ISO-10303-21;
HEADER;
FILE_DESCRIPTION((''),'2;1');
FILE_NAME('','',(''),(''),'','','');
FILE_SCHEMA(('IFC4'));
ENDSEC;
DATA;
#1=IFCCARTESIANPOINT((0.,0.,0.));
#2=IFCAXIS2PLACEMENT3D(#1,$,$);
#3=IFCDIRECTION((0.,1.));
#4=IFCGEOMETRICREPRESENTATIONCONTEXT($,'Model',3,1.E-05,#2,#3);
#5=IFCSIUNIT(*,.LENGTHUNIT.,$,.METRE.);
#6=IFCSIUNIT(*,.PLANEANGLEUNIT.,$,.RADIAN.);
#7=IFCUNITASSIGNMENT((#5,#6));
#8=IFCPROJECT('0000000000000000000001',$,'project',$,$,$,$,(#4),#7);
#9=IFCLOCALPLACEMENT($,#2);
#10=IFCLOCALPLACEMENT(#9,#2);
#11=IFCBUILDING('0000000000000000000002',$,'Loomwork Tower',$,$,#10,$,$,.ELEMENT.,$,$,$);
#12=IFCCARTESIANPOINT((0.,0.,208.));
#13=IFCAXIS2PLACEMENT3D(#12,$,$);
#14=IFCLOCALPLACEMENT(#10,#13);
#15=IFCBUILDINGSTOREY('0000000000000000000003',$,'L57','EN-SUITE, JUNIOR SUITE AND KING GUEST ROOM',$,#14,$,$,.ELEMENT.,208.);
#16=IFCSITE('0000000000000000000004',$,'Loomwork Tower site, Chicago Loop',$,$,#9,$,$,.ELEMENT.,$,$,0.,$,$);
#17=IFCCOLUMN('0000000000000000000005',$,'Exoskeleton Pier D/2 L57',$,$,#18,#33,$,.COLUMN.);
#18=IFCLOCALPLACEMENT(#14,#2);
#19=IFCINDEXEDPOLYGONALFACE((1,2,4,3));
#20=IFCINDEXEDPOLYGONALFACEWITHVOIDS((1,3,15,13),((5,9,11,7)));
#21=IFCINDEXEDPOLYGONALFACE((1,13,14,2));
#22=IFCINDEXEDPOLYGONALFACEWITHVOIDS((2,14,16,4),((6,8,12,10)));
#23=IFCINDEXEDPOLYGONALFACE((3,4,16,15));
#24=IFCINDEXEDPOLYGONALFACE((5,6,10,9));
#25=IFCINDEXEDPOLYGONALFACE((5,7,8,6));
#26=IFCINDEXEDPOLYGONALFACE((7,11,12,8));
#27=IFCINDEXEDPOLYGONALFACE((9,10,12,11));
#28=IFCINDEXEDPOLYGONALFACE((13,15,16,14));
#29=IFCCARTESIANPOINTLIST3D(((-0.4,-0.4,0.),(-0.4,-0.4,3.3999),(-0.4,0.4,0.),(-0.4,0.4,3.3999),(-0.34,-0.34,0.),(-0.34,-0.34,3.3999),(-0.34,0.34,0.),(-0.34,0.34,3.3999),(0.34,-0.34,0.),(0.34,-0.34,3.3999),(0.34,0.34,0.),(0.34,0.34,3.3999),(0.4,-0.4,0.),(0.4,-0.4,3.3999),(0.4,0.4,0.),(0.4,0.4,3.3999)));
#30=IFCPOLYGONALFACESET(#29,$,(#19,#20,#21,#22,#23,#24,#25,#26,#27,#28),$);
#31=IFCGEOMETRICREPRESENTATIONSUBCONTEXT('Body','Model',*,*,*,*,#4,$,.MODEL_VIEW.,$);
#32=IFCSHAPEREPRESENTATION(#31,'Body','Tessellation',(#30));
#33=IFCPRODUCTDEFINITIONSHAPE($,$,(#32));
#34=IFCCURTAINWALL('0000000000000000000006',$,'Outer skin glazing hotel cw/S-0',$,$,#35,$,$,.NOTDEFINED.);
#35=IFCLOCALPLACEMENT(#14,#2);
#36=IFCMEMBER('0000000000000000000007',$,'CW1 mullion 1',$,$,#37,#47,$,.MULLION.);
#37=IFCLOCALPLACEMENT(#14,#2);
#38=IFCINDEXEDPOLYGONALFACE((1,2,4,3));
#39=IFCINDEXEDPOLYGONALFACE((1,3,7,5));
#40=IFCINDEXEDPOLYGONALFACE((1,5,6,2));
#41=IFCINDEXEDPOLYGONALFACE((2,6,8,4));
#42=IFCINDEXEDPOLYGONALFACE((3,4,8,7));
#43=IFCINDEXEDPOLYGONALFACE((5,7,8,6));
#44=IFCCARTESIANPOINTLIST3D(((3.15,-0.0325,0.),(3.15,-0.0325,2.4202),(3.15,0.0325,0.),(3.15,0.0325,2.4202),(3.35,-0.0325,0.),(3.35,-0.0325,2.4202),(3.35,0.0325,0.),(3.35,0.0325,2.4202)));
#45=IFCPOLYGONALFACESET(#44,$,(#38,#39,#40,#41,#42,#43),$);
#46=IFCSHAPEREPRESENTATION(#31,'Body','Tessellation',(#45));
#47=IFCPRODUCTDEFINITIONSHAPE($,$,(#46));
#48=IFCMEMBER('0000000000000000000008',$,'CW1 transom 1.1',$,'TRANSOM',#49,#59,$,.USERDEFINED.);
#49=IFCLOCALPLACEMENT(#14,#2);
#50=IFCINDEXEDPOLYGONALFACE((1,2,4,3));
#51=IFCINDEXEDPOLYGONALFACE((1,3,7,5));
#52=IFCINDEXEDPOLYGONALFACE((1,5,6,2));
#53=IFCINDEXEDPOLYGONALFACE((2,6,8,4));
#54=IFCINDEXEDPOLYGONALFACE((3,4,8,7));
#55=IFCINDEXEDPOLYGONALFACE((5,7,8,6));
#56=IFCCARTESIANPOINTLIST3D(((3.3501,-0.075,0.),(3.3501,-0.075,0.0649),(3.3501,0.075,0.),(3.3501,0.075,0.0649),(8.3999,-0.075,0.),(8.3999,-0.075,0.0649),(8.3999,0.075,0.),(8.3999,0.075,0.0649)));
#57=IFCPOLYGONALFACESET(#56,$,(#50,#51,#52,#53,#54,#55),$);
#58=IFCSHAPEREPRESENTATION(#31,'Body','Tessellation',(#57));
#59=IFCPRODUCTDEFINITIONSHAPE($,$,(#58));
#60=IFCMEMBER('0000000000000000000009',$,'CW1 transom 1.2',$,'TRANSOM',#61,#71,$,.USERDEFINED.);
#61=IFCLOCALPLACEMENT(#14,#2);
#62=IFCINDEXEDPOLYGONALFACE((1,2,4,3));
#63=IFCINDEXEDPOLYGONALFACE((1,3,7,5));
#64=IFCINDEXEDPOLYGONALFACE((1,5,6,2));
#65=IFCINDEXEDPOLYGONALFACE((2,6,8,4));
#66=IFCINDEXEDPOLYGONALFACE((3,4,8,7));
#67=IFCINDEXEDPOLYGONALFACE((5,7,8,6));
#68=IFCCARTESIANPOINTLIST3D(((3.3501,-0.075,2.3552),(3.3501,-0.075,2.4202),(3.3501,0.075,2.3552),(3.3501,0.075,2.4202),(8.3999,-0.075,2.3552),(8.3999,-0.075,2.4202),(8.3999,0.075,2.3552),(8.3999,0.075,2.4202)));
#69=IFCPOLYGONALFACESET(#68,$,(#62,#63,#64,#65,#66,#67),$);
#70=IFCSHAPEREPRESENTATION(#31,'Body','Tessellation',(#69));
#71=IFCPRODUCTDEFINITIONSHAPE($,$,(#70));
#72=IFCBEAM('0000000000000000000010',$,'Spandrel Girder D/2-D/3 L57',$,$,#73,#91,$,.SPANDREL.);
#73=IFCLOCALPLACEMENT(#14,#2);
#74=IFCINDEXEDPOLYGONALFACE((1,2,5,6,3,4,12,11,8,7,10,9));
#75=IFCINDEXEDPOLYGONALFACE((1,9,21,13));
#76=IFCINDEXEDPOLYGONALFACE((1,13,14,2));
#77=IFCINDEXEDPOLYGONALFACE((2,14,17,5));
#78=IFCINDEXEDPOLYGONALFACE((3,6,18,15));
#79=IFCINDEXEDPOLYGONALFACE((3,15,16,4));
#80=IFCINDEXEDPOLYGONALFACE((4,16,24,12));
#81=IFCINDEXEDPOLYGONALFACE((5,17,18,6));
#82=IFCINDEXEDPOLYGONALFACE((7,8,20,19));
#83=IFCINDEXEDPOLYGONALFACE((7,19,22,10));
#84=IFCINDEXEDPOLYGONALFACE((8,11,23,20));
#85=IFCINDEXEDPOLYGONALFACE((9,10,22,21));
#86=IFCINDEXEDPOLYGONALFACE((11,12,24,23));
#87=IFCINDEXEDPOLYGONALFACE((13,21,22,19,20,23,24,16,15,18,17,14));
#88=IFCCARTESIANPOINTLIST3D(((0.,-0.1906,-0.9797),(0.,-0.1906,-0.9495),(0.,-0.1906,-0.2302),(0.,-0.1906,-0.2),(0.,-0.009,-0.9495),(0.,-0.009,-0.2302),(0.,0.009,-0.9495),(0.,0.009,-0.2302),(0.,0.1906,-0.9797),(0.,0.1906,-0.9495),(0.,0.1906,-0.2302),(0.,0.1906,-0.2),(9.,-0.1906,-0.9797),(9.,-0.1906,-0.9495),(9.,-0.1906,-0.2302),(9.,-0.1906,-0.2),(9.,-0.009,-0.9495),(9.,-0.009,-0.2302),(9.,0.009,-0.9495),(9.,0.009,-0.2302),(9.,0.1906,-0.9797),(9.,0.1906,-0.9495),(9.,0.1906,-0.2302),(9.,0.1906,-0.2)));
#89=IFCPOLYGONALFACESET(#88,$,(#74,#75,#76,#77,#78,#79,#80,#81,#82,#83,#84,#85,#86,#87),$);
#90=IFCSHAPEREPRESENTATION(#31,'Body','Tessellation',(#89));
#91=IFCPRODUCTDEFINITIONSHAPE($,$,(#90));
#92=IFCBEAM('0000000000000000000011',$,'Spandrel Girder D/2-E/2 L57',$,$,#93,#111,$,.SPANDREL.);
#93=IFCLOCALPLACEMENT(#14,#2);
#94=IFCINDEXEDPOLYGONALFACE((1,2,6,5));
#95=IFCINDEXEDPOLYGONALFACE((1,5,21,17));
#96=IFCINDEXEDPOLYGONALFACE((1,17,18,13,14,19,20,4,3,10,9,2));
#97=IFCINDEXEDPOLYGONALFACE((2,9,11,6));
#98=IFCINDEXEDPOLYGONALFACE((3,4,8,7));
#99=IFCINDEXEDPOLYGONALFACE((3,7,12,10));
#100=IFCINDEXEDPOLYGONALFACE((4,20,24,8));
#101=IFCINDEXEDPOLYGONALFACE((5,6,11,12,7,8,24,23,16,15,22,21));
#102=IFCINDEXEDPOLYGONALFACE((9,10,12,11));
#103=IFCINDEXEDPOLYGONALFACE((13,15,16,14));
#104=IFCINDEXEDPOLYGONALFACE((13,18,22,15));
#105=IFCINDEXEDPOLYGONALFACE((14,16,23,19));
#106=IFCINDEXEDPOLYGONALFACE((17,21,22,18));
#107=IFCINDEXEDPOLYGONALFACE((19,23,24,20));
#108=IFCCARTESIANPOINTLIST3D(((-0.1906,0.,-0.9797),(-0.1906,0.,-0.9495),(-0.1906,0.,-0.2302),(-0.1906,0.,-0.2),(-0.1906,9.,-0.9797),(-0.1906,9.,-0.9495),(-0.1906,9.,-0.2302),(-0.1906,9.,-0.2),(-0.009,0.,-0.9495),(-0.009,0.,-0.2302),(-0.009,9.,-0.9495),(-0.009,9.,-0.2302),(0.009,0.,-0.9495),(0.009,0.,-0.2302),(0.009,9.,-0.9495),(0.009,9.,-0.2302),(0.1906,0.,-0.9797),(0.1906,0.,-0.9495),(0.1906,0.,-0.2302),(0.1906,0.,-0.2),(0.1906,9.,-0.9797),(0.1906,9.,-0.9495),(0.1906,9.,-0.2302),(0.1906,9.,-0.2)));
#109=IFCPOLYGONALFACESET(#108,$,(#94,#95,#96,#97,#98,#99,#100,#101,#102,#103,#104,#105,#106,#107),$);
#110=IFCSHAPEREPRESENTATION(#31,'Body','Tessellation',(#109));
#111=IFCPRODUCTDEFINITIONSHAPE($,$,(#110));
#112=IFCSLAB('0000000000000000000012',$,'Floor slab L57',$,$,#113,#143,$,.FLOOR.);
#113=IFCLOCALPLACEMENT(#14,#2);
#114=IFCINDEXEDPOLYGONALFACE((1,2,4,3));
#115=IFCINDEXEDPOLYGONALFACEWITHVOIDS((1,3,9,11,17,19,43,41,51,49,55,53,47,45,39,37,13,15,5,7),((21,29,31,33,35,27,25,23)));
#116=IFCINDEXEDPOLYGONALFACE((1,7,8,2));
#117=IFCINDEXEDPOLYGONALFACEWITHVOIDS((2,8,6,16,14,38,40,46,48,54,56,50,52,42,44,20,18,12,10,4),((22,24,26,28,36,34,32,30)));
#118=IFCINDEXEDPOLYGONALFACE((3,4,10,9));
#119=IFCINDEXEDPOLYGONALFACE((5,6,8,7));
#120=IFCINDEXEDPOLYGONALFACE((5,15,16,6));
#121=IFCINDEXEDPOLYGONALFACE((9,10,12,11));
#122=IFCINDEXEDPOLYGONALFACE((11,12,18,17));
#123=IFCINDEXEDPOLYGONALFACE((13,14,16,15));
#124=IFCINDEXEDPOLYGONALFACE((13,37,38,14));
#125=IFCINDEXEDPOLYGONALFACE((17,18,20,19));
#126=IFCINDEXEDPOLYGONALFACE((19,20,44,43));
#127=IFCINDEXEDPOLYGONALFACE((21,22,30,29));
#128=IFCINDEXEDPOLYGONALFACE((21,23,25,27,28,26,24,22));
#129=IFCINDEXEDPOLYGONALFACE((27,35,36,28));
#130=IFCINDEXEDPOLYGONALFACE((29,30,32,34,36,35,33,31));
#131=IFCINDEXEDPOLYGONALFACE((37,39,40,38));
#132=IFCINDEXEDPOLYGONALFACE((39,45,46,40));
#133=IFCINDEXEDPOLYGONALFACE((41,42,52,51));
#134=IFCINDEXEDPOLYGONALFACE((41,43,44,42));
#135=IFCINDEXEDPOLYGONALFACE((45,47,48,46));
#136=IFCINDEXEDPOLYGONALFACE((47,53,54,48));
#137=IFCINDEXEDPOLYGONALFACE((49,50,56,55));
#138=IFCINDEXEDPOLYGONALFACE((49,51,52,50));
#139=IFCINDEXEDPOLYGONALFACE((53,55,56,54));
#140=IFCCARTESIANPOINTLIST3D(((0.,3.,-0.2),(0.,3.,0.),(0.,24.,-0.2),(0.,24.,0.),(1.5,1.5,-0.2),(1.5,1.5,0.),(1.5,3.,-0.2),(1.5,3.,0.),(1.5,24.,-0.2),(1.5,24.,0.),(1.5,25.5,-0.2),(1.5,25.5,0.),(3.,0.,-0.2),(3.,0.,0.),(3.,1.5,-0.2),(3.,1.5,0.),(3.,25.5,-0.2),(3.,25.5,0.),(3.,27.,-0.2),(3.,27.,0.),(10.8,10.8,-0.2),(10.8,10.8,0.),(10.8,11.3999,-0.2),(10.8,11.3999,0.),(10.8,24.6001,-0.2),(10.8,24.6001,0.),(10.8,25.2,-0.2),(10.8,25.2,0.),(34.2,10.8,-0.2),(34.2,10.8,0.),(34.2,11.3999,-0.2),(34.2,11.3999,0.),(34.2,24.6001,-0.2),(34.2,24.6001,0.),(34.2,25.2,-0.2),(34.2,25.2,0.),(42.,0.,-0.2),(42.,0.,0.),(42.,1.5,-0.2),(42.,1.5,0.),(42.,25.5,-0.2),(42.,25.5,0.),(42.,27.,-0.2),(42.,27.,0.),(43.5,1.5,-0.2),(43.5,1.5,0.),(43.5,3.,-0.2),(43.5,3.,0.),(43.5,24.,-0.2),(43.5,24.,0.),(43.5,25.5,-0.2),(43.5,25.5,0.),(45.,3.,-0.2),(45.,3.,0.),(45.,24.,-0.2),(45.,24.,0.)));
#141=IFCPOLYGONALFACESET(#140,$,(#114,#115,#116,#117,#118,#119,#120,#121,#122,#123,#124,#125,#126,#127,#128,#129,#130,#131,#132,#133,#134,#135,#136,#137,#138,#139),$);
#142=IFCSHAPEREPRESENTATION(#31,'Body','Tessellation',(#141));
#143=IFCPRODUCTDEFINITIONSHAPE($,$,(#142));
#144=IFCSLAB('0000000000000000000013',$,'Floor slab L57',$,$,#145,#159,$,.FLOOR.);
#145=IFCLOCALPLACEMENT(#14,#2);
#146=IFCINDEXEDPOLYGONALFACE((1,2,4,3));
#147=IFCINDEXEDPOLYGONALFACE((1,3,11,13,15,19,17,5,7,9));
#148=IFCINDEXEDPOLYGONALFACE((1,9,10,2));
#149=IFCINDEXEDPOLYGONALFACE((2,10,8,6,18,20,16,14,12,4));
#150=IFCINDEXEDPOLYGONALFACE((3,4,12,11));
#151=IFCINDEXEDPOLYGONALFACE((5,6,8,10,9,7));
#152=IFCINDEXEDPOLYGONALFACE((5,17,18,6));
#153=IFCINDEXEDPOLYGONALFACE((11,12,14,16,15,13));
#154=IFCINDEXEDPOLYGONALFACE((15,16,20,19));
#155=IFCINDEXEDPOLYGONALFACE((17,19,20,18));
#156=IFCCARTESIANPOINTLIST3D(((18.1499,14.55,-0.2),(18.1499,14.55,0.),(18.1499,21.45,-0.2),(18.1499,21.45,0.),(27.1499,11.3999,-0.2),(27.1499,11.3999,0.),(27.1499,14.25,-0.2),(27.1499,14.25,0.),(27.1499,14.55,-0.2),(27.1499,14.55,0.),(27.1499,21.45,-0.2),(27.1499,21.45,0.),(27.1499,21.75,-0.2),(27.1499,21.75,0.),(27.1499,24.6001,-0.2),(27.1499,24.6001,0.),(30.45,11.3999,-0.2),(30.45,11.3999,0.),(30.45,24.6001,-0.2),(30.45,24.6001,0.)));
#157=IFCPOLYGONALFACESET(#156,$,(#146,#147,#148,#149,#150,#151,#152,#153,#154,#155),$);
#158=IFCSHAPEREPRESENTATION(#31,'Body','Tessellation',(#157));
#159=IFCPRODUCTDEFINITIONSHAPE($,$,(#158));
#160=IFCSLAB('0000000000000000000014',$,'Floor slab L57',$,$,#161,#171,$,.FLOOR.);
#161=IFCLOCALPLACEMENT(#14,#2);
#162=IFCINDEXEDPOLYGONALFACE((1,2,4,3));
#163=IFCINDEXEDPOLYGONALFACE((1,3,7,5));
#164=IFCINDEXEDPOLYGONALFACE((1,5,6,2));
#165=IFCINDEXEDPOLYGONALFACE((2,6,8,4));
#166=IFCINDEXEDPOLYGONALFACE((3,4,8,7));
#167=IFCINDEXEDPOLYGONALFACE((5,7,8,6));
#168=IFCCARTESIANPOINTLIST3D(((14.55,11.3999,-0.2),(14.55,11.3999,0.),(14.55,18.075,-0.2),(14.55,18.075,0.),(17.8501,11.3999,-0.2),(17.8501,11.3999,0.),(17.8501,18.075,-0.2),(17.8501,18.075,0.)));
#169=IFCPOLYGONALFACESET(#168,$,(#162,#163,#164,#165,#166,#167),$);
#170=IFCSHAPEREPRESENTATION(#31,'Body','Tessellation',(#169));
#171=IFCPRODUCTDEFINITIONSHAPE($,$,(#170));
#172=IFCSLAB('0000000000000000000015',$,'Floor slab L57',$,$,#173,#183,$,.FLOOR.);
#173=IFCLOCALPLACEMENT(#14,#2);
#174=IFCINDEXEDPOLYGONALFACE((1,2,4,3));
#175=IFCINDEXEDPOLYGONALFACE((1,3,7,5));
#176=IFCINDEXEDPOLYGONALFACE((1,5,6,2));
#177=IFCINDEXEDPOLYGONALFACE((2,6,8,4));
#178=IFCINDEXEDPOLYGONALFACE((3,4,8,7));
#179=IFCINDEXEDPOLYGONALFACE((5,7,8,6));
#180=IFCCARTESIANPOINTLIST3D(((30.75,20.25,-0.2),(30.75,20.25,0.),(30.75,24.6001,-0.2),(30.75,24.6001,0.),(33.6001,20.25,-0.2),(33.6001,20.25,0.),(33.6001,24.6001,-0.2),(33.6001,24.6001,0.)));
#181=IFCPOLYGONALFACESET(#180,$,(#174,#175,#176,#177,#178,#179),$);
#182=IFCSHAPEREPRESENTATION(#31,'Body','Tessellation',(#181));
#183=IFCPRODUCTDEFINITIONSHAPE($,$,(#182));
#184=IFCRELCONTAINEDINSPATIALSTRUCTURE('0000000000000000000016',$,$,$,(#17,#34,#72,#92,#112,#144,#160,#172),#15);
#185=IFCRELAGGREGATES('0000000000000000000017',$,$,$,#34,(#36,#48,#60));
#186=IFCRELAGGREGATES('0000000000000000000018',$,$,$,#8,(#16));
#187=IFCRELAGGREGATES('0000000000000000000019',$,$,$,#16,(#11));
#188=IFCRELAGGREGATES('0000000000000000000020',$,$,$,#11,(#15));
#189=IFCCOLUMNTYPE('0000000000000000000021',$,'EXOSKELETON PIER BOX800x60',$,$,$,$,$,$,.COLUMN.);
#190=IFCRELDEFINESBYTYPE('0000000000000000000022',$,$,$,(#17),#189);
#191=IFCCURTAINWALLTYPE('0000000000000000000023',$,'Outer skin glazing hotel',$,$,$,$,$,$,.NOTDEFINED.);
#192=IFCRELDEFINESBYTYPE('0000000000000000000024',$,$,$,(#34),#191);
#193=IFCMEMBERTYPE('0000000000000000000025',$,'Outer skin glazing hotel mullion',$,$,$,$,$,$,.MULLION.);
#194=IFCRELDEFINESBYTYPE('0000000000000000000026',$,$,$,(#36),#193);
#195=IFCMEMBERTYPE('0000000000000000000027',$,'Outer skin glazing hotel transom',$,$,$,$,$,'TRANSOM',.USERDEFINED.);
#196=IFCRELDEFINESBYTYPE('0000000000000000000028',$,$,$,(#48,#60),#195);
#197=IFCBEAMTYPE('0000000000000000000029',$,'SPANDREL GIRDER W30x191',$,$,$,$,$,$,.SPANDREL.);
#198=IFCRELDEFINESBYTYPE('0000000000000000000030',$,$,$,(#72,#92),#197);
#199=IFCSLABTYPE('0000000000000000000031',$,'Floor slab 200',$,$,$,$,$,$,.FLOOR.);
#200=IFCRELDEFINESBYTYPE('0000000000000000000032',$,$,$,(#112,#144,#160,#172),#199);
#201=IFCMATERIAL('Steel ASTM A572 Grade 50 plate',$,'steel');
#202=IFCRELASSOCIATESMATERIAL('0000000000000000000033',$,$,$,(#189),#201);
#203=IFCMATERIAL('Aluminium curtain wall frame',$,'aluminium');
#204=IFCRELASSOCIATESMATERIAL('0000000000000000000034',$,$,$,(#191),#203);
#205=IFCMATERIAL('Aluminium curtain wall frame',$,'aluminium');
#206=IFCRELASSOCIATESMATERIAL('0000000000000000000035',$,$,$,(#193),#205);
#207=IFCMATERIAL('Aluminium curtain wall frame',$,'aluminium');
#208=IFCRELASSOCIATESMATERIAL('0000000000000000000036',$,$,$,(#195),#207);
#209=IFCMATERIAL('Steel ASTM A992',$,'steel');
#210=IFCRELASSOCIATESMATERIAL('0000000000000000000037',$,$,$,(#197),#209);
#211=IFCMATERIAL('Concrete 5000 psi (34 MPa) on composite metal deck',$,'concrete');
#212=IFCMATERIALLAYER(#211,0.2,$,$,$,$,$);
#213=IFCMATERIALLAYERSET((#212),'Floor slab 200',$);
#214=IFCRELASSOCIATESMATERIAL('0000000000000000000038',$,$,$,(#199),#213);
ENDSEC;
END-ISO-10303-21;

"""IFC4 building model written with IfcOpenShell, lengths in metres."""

from ifc_helpers import new_model, si_unit, direction, frame, origin, origin_with_axes, origin_2d, place, context, subcontext, project, spatial, polyline, rectangle, hollow_rectangle, i_section, outline, extrude, material, layer, layer_set, material_profile, profile_set, type_object, element, aggregate, save


model = new_model("IFC4")

# Units and contexts
model_context = context("Model", 3, precision=1e-05, world=origin(), true_north=direction((0.0, 1.0)))
body_context = subcontext(model_context, "Body", "Model", "MODEL_VIEW")
ifc_project = project(units=[si_unit("LENGTHUNIT", "METRE"), si_unit("PLANEANGLEUNIT", "RADIAN")], contexts=[model_context])

# Site, building, storey
site_placement = place(None, origin())
site = spatial("IfcSite", under=ifc_project, at=site_placement, Name="Loomwork Tower site, Chicago Loop", CompositionType="ELEMENT", RefElevation=0.0)
building_placement = place(site_placement, origin())
building = spatial("IfcBuilding", under=site, at=building_placement, Name="Loomwork Tower", CompositionType="ELEMENT")
storey_placement = place(building_placement, frame((0.0, 0.0, 208.0)))
storey = spatial("IfcBuildingStorey", under=building, at=storey_placement, Name="L57", Description="EN-SUITE, JUNIOR SUITE AND KING GUEST ROOM", CompositionType="ELEMENT", Elevation=208.0)

# Column
ifc_material_1 = material(Name="Steel ASTM A572 Grade 50 plate", Category="steel")
ifc_material_profile_1 = material_profile(ifc_material_1, hollow_rectangle(XDim=0.8, YDim=0.8, WallThickness=0.0601, at=origin_2d()), Name="BOX800x60")
ifc_profile_set_1 = profile_set([ifc_material_profile_1], Name="Steel ASTM A572 Grade 50 plate")
column_type = type_object("IfcColumnType", Name="EXOSKELETON PIER BOX800x60", PredefinedType="COLUMN", material=ifc_profile_set_1)
column_placement = place(storey_placement, origin_with_axes())
element("IfcColumn", 1, at=column_placement, inside=storey, type_object=column_type, Name="Exoskeleton Pier D/2 L57", PredefinedType="COLUMN", context=body_context, shape_type="SweptSolid", body=[
    extrude(hollow_rectangle(XDim=0.8, YDim=0.8, WallThickness=0.0601, at=origin_2d()), origin(), (0.0, 0.0, 1.0), 3.3999),
])

# Curtain wall, members
ifc_material_2 = material(Name="Aluminium curtain wall frame", Category="aluminium")
curtain_wall_type = type_object("IfcCurtainWallType", Name="Outer skin glazing hotel", PredefinedType="NOTDEFINED", material=ifc_material_2)
curtain_wall_placement = place(storey_placement, origin())
curtain_wall = element("IfcCurtainWall", 2, at=curtain_wall_placement, inside=storey, type_object=curtain_wall_type, Name="Outer skin glazing hotel cw/S-0", PredefinedType="NOTDEFINED")
ifc_material_3 = material(Name="Aluminium curtain wall frame", Category="aluminium")
ifc_material_profile_2 = material_profile(ifc_material_3, rectangle(XDim=0.0649, YDim=0.2, at=origin_2d()), Name="AL 65x200")
ifc_profile_set_2 = profile_set([ifc_material_profile_2], Name="Aluminium curtain wall frame")
member_type_1 = type_object("IfcMemberType", Name="Outer skin glazing hotel mullion", PredefinedType="MULLION", material=ifc_profile_set_2)
member_1_placement = place(storey_placement, frame((3.25, 0.0, 0.0), z_axis=(0.0, 0.0, 1.0), x_axis=(0.0, 1.0, 0.0)))
member_1 = element("IfcMember", 3, at=member_1_placement, type_object=member_type_1, Name="CW1 mullion 1", PredefinedType="MULLION", context=body_context, shape_type="SweptSolid", body=[
    extrude(rectangle(XDim=0.0649, YDim=0.2, at=origin_2d()), origin(), (0.0, 0.0, 1.0), 2.4202),
])
ifc_material_4 = material(Name="Aluminium curtain wall frame", Category="aluminium")
ifc_material_profile_3 = material_profile(ifc_material_4, rectangle(XDim=0.1499, YDim=0.0649, at=origin_2d()), Name="AL 65x150")
ifc_profile_set_3 = profile_set([ifc_material_profile_3], Name="Aluminium curtain wall frame")
member_type_2 = type_object("IfcMemberType", Name="Outer skin glazing hotel transom", ElementType="TRANSOM", PredefinedType="USERDEFINED", material=ifc_profile_set_3)
member_2_placement = place(storey_placement, frame((3.3501, 0.0, 0.0325), z_axis=(1.0, 0.0, 0.0), x_axis=(0.0, 1.0, 0.0)))
member_2 = element("IfcMember", 4, at=member_2_placement, type_object=member_type_2, Name="CW1 transom 1.1", ObjectType="TRANSOM", PredefinedType="USERDEFINED", context=body_context, shape_type="SweptSolid", body=[
    extrude(rectangle(XDim=0.1499, YDim=0.0649, at=origin_2d()), origin(), (0.0, 0.0, 1.0), 5.0498),
])
member_3_placement = place(storey_placement, frame((3.3501, 0.0, 2.3877), z_axis=(1.0, 0.0, 0.0), x_axis=(0.0, 1.0, 0.0)))
member_3 = element("IfcMember", 5, at=member_3_placement, type_object=member_type_2, Name="CW1 transom 1.2", ObjectType="TRANSOM", PredefinedType="USERDEFINED", context=body_context, shape_type="SweptSolid", body=[
    extrude(rectangle(XDim=0.1499, YDim=0.0649, at=origin_2d()), origin(), (0.0, 0.0, 1.0), 5.0498),
])
aggregate(curtain_wall, [member_1, member_2, member_3])

# Beams
ifc_material_5 = material(Name="Steel ASTM A992", Category="steel")
ifc_material_profile_4 = material_profile(ifc_material_5, i_section(OverallWidth=0.3811, OverallDepth=0.7798, WebThickness=0.0181, FlangeThickness=0.0303, at=origin_2d()), Name="W30x191")
ifc_profile_set_4 = profile_set([ifc_material_profile_4], Name="Steel ASTM A992")
beam_type = type_object("IfcBeamType", Name="SPANDREL GIRDER W30x191", PredefinedType="SPANDREL", material=ifc_profile_set_4)
for number, where, z_axis, x_axis, name in (
    (6, (0.0, 0.0, -0.5898), (1.0, 0.0, 0.0), (0.0, 1.0, 0.0), "Spandrel Girder D/2-D/3 L57"),
    (7, (0.0, 0.0, -0.5898), (0.0, 1.0, 0.0), (-1.0, 0.0, 0.0), "Spandrel Girder D/2-E/2 L57"),
):
    element("IfcBeam", number, at=place(storey_placement, frame(where, z_axis=z_axis, x_axis=x_axis)), inside=storey, type_object=beam_type, Name=name, PredefinedType="SPANDREL", context=body_context, shape_type="SweptSolid", body=[
        extrude(i_section(OverallWidth=0.3811, OverallDepth=0.7798, WebThickness=0.0181, FlangeThickness=0.0303, at=origin_2d()), origin(), (0.0, 0.0, 1.0), 9.0),
    ])

# Slabs
ifc_material_6 = material(Name="Concrete 5000 psi (34 MPa) on composite metal deck", Category="concrete")
ifc_layer_1 = layer(ifc_material_6, 0.2)
ifc_layer_set_1 = layer_set([ifc_layer_1], Name="Floor slab 200")
slab_type_1 = type_object("IfcSlabType", Name="Floor slab 200", PredefinedType="FLOOR", material=ifc_layer_set_1)
slab_1_placement = place(storey_placement, frame((0.0, 0.0, -0.2)))
element("IfcSlab", 8, at=slab_1_placement, inside=storey, type_object=slab_type_1, Name="Floor slab L57", PredefinedType="FLOOR", context=body_context, shape_type="SweptSolid", body=[
    extrude(outline(polyline([(3.0, 1.5), (1.5, 1.5), (1.5, 3.0), (0.0, 3.0), (0.0, 24.0), (1.5, 24.0), (1.5, 25.5), (3.0, 25.5), (3.0, 27.0), (42.0, 27.0), (42.0, 25.5), (43.5, 25.5), (43.5, 24.0), (45.0, 24.0), (45.0, 3.0), (43.5, 3.0), (43.5, 1.5), (42.0, 1.5), (42.0, 0.0), (3.0, 0.0), (3.0, 1.5)]), holes=[polyline([(10.8, 11.3999), (10.8, 11.3999), (10.8, 10.8), (34.2, 10.8), (34.2, 11.3999), (34.2, 11.3999), (34.2, 24.6001), (34.2, 25.2), (10.8, 25.2), (10.8, 24.6001), (10.8, 11.3999)])]), origin(), (0.0, 0.0, 1.0), 0.2),
])
slab_2_placement = place(storey_placement, frame((0.0, 0.0, -0.2)))
element("IfcSlab", 9, at=slab_2_placement, inside=storey, type_object=slab_type_1, Name="Floor slab L57", PredefinedType="FLOOR", context=body_context, shape_type="SweptSolid", body=[
    extrude(outline(polyline([(30.45, 24.6001), (30.45, 11.3999), (27.1499, 11.3999), (27.1499, 14.25), (27.1499, 14.55), (18.1499, 14.55), (18.1499, 21.45), (27.1499, 21.45), (27.1499, 21.75), (27.1499, 24.6001), (30.45, 24.6001)])), origin(), (0.0, 0.0, 1.0), 0.2),
])
slab_3_placement = place(storey_placement, frame((0.0, 0.0, -0.2)))
element("IfcSlab", 10, at=slab_3_placement, inside=storey, type_object=slab_type_1, Name="Floor slab L57", PredefinedType="FLOOR", context=body_context, shape_type="SweptSolid", body=[
    extrude(outline(polyline([(14.55, 11.3999), (14.55, 18.075), (17.8501, 18.075), (17.8501, 11.3999), (14.55, 11.3999)])), origin(), (0.0, 0.0, 1.0), 0.2),
])
slab_4_placement = place(storey_placement, frame((0.0, 0.0, -0.2)))
element("IfcSlab", 11, at=slab_4_placement, inside=storey, type_object=slab_type_1, Name="Floor slab L57", PredefinedType="FLOOR", context=body_context, shape_type="SweptSolid", body=[
    extrude(outline(polyline([(33.6001, 20.25), (30.75, 20.25), (30.75, 24.6001), (33.6001, 24.6001), (33.6001, 20.25)])), origin(), (0.0, 0.0, 1.0), 0.2),
])

save(model, "model.ifc")
